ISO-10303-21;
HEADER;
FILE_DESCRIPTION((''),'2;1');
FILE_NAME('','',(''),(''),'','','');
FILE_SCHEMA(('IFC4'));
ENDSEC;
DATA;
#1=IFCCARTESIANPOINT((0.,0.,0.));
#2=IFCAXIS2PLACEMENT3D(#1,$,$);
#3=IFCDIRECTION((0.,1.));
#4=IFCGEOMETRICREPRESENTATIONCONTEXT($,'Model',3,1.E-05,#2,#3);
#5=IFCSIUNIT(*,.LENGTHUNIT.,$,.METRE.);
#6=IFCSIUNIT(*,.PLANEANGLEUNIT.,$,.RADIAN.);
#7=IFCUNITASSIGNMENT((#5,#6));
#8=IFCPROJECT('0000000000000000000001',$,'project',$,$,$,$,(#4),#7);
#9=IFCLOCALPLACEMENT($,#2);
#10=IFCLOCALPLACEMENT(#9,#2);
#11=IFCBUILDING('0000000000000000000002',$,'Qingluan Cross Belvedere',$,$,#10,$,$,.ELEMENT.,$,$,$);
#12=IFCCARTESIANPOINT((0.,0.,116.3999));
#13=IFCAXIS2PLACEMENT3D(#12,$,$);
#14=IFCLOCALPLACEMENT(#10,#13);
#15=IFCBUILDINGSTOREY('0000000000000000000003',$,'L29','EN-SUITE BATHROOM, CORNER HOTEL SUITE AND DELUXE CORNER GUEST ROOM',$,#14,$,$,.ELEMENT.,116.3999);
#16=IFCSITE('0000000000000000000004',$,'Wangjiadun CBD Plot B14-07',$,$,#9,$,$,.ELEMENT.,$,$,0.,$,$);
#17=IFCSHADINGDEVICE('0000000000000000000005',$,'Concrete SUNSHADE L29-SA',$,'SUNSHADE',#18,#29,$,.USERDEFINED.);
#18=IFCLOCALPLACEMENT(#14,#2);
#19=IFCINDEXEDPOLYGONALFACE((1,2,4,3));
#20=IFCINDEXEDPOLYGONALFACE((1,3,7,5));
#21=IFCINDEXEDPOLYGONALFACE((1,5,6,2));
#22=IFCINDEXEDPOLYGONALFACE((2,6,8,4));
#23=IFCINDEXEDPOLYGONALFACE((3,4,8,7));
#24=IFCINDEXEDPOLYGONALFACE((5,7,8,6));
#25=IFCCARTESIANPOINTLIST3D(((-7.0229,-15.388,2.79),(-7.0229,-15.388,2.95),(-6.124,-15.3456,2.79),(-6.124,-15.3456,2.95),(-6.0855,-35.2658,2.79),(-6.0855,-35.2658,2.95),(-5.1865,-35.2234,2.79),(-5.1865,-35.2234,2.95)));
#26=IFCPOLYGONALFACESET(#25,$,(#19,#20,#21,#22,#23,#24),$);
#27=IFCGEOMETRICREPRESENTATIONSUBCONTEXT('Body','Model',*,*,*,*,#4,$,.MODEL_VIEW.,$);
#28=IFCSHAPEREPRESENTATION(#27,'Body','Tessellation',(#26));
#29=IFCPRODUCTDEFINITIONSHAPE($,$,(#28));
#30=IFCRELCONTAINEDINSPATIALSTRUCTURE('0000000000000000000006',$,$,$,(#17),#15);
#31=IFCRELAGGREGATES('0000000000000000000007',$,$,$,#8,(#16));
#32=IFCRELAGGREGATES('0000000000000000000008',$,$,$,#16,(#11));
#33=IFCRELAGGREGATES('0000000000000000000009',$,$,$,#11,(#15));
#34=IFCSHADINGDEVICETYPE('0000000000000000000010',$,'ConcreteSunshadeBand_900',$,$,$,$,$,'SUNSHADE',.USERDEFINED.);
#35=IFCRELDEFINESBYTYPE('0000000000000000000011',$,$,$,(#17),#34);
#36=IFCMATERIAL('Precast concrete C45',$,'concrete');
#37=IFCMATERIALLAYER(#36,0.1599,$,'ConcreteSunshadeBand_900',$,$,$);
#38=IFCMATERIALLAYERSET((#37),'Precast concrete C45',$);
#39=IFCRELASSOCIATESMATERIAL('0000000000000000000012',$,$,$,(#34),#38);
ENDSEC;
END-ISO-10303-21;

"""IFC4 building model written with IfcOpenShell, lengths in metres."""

from ifc_helpers import new_model, si_unit, direction, frame, origin, origin_2d, place, context, subcontext, project, spatial, rectangle, extrude, material, layer, layer_set, type_object, element, save


model = new_model("IFC4")

# Units and contexts
model_context = context("Model", 3, precision=1e-05, world=origin(), true_north=direction((0.0, 1.0)))
body_context = subcontext(model_context, "Body", "Model", "MODEL_VIEW")
ifc_project = project(units=[si_unit("LENGTHUNIT", "METRE"), si_unit("PLANEANGLEUNIT", "RADIAN")], contexts=[model_context])

# Site, building, storey
site_placement = place(None, origin())
site = spatial("IfcSite", under=ifc_project, at=site_placement, Name="Wangjiadun CBD Plot B14-07", CompositionType="ELEMENT", RefElevation=0.0)
building_placement = place(site_placement, origin())
building = spatial("IfcBuilding", under=site, at=building_placement, Name="Qingluan Cross Belvedere", CompositionType="ELEMENT")
storey_placement = place(building_placement, frame((0.0, 0.0, 116.3999)))
storey = spatial("IfcBuildingStorey", under=building, at=storey_placement, Name="L29", Description="EN-SUITE BATHROOM, CORNER HOTEL SUITE AND DELUXE CORNER GUEST ROOM", CompositionType="ELEMENT", Elevation=116.3999)

# Shading device
ifc_material_1 = material(Name="Precast concrete C45", Category="concrete")
ifc_layer_1 = layer(ifc_material_1, 0.1599, Name="ConcreteSunshadeBand_900")
ifc_layer_set_1 = layer_set([ifc_layer_1], Name="Precast concrete C45")
shading_device_type = type_object("IfcShadingDeviceType", Name="ConcreteSunshadeBand_900", ElementType="SUNSHADE", PredefinedType="USERDEFINED", material=ifc_layer_set_1)
shading_device_placement = place(storey_placement, frame((-6.1047, -25.3057, 2.79), z_axis=(0.0, 0.0, 1.0), x_axis=(0.047109, -0.99889, 0.0)))
element("IfcShadingDevice", 1, at=shading_device_placement, inside=storey, type_object=shading_device_type, Name="Concrete SUNSHADE L29-SA", ObjectType="SUNSHADE", PredefinedType="USERDEFINED", context=body_context, shape_type="SweptSolid", body=[
    extrude(rectangle(XDim=19.8999, YDim=0.8999, at=origin_2d()), origin(), (0.0, 0.0, 1.0), 0.1599),
])

save(model, "model.ifc")
